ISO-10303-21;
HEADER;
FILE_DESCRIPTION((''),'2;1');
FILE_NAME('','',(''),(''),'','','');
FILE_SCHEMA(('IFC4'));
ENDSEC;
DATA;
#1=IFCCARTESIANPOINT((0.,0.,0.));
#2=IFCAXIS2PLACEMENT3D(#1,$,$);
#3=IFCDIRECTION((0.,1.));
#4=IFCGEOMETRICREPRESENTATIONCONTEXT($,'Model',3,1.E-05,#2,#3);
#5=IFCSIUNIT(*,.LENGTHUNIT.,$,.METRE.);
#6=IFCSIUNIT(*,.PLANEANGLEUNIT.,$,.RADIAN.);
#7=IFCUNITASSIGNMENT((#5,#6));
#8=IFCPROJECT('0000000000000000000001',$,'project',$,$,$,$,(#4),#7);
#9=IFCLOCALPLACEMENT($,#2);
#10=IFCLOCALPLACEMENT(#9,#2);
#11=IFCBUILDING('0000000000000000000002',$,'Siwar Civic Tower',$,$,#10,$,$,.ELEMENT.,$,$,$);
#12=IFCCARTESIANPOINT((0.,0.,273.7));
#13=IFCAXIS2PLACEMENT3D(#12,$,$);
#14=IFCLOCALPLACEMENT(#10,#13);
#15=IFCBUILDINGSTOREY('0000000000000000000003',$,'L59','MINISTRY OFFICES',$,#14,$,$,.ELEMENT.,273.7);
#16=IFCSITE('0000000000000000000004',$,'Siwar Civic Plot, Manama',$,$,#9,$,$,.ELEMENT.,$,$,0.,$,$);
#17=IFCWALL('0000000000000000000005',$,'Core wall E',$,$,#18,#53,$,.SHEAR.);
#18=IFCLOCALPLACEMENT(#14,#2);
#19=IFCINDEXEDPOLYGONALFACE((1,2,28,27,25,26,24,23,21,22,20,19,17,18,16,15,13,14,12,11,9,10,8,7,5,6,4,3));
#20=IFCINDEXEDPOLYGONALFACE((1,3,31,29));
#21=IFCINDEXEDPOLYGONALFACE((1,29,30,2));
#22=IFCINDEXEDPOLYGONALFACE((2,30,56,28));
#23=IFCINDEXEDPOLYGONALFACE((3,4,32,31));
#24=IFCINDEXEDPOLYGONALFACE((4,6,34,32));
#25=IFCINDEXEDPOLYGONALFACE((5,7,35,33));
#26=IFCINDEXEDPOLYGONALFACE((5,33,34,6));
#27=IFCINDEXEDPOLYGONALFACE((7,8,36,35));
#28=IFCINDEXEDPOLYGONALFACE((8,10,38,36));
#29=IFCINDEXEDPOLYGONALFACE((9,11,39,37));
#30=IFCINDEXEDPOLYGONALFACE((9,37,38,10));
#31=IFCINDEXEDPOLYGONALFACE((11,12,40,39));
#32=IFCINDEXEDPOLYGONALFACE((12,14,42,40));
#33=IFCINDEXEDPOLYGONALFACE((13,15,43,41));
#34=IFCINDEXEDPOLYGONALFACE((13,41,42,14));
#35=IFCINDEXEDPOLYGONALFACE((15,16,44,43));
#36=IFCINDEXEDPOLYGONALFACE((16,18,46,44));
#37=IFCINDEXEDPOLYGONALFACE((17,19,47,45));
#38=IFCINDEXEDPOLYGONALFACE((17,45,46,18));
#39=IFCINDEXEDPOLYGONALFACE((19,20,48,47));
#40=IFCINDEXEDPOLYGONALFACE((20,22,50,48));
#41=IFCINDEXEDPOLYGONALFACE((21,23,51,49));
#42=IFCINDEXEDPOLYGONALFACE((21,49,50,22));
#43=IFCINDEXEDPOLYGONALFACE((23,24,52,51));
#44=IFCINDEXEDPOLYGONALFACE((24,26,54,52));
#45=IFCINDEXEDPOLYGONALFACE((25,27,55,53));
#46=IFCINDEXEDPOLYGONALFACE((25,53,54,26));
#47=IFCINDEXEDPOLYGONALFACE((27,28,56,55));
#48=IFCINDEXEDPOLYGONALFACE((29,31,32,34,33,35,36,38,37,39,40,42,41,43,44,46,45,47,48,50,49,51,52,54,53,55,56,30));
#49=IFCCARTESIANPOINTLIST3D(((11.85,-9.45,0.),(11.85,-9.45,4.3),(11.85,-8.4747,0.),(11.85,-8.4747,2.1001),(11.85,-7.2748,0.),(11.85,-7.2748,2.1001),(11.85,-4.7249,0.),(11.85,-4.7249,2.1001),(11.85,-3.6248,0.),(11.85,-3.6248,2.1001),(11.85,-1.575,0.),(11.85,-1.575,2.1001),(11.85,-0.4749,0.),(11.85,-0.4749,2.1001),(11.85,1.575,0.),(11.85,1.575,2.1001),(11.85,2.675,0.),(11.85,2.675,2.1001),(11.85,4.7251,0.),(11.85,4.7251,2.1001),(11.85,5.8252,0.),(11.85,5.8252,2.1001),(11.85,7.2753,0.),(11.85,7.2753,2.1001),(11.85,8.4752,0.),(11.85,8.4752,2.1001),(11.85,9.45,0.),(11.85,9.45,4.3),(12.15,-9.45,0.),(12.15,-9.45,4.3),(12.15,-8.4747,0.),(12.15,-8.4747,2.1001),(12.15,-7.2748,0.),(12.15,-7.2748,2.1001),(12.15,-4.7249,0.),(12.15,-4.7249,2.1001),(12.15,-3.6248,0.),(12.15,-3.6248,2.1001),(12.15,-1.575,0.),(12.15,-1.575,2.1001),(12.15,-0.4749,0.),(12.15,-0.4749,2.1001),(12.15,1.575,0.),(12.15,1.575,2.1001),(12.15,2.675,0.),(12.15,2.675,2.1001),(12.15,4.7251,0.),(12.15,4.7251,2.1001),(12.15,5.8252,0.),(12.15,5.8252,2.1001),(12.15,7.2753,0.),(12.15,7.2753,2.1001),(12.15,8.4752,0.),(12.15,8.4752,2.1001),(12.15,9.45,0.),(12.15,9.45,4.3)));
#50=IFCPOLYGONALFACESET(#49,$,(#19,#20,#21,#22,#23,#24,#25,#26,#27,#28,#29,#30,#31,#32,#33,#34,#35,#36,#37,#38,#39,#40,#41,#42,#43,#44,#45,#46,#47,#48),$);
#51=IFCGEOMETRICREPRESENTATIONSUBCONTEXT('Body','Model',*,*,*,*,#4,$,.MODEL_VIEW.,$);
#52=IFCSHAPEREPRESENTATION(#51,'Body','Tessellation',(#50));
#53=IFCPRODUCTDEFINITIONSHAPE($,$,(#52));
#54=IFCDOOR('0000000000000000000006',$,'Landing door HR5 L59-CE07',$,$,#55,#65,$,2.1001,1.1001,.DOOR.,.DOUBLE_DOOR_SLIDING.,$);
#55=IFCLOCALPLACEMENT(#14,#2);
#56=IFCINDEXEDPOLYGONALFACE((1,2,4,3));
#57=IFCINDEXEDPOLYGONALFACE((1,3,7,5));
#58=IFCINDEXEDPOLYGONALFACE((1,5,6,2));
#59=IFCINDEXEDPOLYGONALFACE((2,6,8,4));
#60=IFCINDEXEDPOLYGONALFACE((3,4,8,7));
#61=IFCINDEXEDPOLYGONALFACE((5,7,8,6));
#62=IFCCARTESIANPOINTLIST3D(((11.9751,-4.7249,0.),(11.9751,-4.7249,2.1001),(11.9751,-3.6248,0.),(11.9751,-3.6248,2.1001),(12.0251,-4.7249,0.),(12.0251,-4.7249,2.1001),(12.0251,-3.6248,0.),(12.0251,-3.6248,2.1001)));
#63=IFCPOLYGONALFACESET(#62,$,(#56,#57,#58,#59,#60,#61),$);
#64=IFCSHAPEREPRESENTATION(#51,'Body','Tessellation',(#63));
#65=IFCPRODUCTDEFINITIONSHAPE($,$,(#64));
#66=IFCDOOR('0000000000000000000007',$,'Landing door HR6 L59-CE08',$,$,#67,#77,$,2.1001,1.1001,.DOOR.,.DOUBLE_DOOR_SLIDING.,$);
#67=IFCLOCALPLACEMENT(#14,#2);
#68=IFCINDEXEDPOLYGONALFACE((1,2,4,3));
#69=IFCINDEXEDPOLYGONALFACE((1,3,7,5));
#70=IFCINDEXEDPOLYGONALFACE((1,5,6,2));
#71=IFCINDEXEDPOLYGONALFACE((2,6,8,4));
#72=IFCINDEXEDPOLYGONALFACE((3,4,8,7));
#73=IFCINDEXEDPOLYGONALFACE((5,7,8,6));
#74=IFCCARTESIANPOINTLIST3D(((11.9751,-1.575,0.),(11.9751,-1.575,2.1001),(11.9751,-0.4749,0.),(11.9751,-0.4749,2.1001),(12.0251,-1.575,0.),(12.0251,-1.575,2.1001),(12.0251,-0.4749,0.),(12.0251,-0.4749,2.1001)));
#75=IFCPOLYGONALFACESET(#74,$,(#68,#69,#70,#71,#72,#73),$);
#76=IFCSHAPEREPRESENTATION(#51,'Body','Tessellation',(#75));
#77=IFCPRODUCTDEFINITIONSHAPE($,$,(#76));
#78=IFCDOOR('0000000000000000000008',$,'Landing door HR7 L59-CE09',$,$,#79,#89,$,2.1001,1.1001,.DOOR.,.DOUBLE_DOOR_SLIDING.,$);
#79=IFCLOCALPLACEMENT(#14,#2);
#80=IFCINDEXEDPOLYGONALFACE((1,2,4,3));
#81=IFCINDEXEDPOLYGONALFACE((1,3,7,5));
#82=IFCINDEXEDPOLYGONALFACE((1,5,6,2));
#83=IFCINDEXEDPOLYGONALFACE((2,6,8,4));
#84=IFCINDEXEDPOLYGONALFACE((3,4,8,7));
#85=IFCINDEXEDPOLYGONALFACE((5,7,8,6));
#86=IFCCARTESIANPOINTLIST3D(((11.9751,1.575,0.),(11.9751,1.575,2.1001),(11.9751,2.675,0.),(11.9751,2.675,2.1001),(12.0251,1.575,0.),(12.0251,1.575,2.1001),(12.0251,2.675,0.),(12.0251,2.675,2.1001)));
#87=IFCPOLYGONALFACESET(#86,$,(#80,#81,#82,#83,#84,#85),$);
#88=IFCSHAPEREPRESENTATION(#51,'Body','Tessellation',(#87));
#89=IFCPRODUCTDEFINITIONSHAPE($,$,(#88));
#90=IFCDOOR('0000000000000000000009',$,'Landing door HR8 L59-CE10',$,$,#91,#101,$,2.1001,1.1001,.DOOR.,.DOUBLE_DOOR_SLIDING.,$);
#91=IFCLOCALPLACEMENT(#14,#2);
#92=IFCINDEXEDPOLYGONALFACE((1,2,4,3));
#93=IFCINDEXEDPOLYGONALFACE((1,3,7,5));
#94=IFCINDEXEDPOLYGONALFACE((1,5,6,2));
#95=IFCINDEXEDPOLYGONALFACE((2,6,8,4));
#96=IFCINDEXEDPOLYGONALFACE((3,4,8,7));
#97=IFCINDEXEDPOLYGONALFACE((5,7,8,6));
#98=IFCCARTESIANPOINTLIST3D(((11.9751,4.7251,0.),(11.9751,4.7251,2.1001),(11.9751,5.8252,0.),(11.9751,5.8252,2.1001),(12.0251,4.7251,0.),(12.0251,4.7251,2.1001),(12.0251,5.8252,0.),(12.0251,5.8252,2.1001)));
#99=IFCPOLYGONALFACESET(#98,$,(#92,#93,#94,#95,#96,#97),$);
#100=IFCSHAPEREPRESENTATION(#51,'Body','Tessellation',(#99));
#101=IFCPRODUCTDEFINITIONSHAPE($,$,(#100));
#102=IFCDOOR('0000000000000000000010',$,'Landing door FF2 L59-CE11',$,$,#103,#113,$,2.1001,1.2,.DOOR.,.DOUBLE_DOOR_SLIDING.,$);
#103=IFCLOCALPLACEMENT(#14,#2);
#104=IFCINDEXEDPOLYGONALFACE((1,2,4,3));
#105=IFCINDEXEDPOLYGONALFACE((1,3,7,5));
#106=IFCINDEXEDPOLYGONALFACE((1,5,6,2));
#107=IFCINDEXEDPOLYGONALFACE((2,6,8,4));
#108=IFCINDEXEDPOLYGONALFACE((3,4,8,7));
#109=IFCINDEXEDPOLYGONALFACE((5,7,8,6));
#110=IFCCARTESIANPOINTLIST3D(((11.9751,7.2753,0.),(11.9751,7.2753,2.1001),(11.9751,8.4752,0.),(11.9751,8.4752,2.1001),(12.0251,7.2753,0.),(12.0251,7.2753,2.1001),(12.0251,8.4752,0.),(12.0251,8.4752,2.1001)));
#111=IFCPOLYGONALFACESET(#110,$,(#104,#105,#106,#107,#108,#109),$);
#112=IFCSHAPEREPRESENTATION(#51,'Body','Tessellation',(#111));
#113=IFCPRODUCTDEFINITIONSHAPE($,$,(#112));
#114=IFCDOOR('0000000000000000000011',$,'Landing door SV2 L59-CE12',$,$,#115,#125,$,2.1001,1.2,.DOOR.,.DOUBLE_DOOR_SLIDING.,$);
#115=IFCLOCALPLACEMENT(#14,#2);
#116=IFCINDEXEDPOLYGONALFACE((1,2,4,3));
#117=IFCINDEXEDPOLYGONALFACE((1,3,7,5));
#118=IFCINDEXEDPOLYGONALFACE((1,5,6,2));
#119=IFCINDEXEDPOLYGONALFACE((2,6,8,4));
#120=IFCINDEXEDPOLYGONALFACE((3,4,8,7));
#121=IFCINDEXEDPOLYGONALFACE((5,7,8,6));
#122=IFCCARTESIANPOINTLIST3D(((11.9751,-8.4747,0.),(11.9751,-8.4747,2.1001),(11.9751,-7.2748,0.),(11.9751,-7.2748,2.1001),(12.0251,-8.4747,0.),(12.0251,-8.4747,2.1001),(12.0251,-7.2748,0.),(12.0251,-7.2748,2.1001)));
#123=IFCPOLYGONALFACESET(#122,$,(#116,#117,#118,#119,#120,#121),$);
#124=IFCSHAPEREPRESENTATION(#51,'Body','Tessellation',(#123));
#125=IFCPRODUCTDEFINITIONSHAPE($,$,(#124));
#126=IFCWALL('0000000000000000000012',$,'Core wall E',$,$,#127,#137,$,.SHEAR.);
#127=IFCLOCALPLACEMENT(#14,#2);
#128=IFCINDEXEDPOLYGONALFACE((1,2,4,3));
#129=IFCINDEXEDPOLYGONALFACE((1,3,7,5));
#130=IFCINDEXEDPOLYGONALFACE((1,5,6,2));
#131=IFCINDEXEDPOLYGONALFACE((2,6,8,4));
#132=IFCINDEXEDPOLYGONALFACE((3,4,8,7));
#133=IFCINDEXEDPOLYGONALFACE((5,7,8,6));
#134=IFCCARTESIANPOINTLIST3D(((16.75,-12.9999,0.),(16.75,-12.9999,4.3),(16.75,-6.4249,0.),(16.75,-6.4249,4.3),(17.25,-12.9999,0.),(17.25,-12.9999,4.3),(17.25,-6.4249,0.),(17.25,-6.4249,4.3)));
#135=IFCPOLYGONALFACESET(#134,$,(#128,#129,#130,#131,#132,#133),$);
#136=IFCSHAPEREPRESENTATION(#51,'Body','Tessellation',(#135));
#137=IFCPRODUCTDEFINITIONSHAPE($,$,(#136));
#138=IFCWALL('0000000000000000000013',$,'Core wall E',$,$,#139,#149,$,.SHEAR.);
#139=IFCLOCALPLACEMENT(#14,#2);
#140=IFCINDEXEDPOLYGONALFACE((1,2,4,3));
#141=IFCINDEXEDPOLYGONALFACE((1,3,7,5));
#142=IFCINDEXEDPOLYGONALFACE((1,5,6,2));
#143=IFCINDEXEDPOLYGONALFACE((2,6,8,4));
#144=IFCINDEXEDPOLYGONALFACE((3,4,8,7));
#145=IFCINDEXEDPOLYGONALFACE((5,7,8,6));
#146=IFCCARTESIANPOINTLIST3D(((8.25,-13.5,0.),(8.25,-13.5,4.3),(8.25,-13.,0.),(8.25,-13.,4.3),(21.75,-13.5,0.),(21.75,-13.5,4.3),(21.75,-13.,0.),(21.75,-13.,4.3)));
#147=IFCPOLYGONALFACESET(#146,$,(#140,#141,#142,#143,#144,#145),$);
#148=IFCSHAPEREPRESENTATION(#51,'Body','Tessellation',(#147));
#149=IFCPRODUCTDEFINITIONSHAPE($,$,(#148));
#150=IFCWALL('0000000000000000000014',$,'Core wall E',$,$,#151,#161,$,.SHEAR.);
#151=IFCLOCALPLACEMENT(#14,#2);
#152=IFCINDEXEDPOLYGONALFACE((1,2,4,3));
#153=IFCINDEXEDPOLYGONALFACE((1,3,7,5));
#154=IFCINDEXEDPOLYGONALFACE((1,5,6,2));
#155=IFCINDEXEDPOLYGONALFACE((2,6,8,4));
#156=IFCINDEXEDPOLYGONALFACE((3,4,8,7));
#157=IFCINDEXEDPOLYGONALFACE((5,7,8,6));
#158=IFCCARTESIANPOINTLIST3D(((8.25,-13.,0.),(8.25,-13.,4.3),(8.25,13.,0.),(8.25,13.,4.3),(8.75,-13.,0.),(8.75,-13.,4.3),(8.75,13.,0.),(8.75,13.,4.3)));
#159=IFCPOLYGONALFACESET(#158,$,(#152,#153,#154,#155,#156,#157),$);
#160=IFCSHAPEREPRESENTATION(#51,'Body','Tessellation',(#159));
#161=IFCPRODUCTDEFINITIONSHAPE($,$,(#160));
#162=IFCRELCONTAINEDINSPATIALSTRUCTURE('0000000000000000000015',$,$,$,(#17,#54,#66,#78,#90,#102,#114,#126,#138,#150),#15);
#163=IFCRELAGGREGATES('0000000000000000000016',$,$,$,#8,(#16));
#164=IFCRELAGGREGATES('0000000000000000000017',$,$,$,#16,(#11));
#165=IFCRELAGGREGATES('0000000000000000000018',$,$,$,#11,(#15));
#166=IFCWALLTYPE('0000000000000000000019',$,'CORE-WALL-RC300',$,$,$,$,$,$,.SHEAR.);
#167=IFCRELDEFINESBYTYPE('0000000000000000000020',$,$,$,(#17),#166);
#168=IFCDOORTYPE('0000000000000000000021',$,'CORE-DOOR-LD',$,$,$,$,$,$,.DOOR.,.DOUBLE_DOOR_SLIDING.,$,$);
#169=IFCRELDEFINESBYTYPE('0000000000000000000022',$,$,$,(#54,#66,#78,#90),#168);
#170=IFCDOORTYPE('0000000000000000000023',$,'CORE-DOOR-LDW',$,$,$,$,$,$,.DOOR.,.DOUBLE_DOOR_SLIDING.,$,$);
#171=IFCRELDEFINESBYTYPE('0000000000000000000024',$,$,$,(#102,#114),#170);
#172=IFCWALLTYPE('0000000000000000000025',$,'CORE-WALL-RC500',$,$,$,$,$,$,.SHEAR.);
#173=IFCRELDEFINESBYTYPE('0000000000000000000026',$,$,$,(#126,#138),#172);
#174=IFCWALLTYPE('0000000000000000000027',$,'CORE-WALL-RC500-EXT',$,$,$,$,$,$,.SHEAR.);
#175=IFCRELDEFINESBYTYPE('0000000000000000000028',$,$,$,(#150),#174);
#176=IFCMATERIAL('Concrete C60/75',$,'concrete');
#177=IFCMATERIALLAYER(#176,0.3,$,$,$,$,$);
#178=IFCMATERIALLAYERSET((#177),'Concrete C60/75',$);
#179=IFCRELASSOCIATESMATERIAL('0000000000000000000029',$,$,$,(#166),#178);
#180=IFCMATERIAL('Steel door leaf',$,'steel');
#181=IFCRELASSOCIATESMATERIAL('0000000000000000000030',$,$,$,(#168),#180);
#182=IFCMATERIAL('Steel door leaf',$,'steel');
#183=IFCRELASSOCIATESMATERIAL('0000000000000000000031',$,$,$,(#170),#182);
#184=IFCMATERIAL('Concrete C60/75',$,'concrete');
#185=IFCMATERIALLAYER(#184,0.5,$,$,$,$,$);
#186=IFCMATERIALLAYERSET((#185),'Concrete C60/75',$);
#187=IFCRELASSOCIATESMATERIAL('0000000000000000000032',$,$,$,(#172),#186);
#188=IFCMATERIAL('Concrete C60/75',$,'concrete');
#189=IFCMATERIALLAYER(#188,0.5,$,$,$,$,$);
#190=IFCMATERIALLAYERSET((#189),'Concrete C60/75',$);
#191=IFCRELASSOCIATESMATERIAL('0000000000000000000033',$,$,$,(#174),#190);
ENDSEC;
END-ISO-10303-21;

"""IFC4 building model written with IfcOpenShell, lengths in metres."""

from ifc_helpers import new_model, si_unit, direction, frame, frame_2d, origin, place, context, subcontext, project, spatial, rectangle, extrude, material, layer, layer_set, type_object, element, fill, save


model = new_model("IFC4")

# Units and contexts
model_context = context("Model", 3, precision=1e-05, world=origin(), true_north=direction((0.0, 1.0)))
body_context = subcontext(model_context, "Body", "Model", "MODEL_VIEW")
ifc_project = project(units=[si_unit("LENGTHUNIT", "METRE"), si_unit("PLANEANGLEUNIT", "RADIAN")], contexts=[model_context])

# Site, building, storey
site_placement = place(None, origin())
site = spatial("IfcSite", under=ifc_project, at=site_placement, Name="Siwar Civic Plot, Manama", CompositionType="ELEMENT", RefElevation=0.0)
building_placement = place(site_placement, origin())
building = spatial("IfcBuilding", under=site, at=building_placement, Name="Siwar Civic Tower", CompositionType="ELEMENT")
storey_placement = place(building_placement, frame((0.0, 0.0, 273.7)))
storey = spatial("IfcBuildingStorey", under=building, at=storey_placement, Name="L59", Description="MINISTRY OFFICES", CompositionType="ELEMENT", Elevation=273.7)

# Wall, openings, doors
ifc_material_1 = material(Name="Concrete C60/75", Category="concrete")
ifc_layer_1 = layer(ifc_material_1, 0.3)
ifc_layer_set_1 = layer_set([ifc_layer_1], Name="Concrete C60/75")
wall_type_1 = type_object("IfcWallType", Name="CORE-WALL-RC300", PredefinedType="SHEAR", material=ifc_layer_set_1)
wall_1_placement = place(storey_placement, frame((12.0, -9.45, 0.0), z_axis=(0.0, 0.0, 1.0), x_axis=(0.0, 1.0, 0.0)))
wall_1 = element("IfcWall", 1, at=wall_1_placement, inside=storey, type_object=wall_type_1, Name="Core wall E", PredefinedType="SHEAR", context=body_context, shape_type="SweptSolid", body=[
    extrude(rectangle(XDim=18.8999, YDim=0.3, at=frame_2d((9.45, 0.0))), origin(), (0.0, 0.0, 1.0), 4.3),
])
opening_1_placement = place(wall_1_placement, frame((4.7251, 0.0, 0.0)))
opening_1 = element("IfcOpeningElement", 2, at=opening_1_placement, cuts=wall_1, PredefinedType="OPENING", context=body_context, shape_type="SweptSolid", body=[
    extrude(rectangle(XDim=1.1001, YDim=2.1001, at=frame_2d((0.55, 1.05))), frame((0.0, 0.1602, 0.0), z_axis=(0.0, -1.0, 0.0), x_axis=(1.0, 0.0, 0.0)), (0.0, 0.0, 1.0), 0.3201),
])
opening_2_placement = place(wall_1_placement, frame((7.875, 0.0, 0.0)))
opening_2 = element("IfcOpeningElement", 3, at=opening_2_placement, cuts=wall_1, PredefinedType="OPENING", context=body_context, shape_type="SweptSolid", body=[
    extrude(rectangle(XDim=1.1001, YDim=2.1001, at=frame_2d((0.55, 1.05))), frame((0.0, 0.1602, 0.0), z_axis=(0.0, -1.0, 0.0), x_axis=(1.0, 0.0, 0.0)), (0.0, 0.0, 1.0), 0.3201),
])
opening_3_placement = place(wall_1_placement, frame((11.0249, 0.0, 0.0)))
opening_3 = element("IfcOpeningElement", 4, at=opening_3_placement, cuts=wall_1, PredefinedType="OPENING", context=body_context, shape_type="SweptSolid", body=[
    extrude(rectangle(XDim=1.1001, YDim=2.1001, at=frame_2d((0.55, 1.05))), frame((0.0, 0.1602, 0.0), z_axis=(0.0, -1.0, 0.0), x_axis=(1.0, 0.0, 0.0)), (0.0, 0.0, 1.0), 0.3201),
])
opening_4_placement = place(wall_1_placement, frame((14.175, 0.0, 0.0)))
opening_4 = element("IfcOpeningElement", 5, at=opening_4_placement, cuts=wall_1, PredefinedType="OPENING", context=body_context, shape_type="SweptSolid", body=[
    extrude(rectangle(XDim=1.1001, YDim=2.1001, at=frame_2d((0.55, 1.05))), frame((0.0, 0.1602, 0.0), z_axis=(0.0, -1.0, 0.0), x_axis=(1.0, 0.0, 0.0)), (0.0, 0.0, 1.0), 0.3201),
])
opening_5_placement = place(wall_1_placement, frame((16.7251, 0.0, 0.0)))
opening_5 = element("IfcOpeningElement", 6, at=opening_5_placement, cuts=wall_1, PredefinedType="OPENING", context=body_context, shape_type="SweptSolid", body=[
    extrude(rectangle(XDim=1.2, YDim=2.1001, at=frame_2d((0.6001, 1.05))), frame((0.0, 0.1602, 0.0), z_axis=(0.0, -1.0, 0.0), x_axis=(1.0, 0.0, 0.0)), (0.0, 0.0, 1.0), 0.3201),
])
opening_6_placement = place(wall_1_placement, frame((0.9751, 0.0, 0.0)))
opening_6 = element("IfcOpeningElement", 7, at=opening_6_placement, cuts=wall_1, PredefinedType="OPENING", context=body_context, shape_type="SweptSolid", body=[
    extrude(rectangle(XDim=1.2, YDim=2.1001, at=frame_2d((0.6001, 1.05))), frame((0.0, 0.1602, 0.0), z_axis=(0.0, -1.0, 0.0), x_axis=(1.0, 0.0, 0.0)), (0.0, 0.0, 1.0), 0.3201),
])
ifc_material_2 = material(Name="Steel door leaf", Category="steel")
door_type_1 = type_object("IfcDoorType", Name="CORE-DOOR-LD", OperationType="DOUBLE_DOOR_SLIDING", PredefinedType="DOOR", material=ifc_material_2)
door_1_placement = place(opening_1_placement, origin())
door_1 = element("IfcDoor", 8, at=door_1_placement, inside=storey, type_object=door_type_1, Name="Landing door HR5 L59-CE07", OperationType="DOUBLE_DOOR_SLIDING", OverallHeight=2.1001, OverallWidth=1.1001, PredefinedType="DOOR", context=body_context, shape_type="SweptSolid", body=[
    extrude(rectangle(XDim=1.1001, YDim=2.1001, at=frame_2d((0.55, 1.05))), frame((0.0, 0.0249, 0.0), z_axis=(0.0, -1.0, 0.0), x_axis=(1.0, 0.0, 0.0)), (0.0, 0.0, 1.0), 0.05),
])
fill(opening_1, door_1)
door_2_placement = place(opening_2_placement, origin())
door_2 = element("IfcDoor", 9, at=door_2_placement, inside=storey, type_object=door_type_1, Name="Landing door HR6 L59-CE08", OperationType="DOUBLE_DOOR_SLIDING", OverallHeight=2.1001, OverallWidth=1.1001, PredefinedType="DOOR", context=body_context, shape_type="SweptSolid", body=[
    extrude(rectangle(XDim=1.1001, YDim=2.1001, at=frame_2d((0.55, 1.05))), frame((0.0, 0.0249, 0.0), z_axis=(0.0, -1.0, 0.0), x_axis=(1.0, 0.0, 0.0)), (0.0, 0.0, 1.0), 0.05),
])
fill(opening_2, door_2)
door_3_placement = place(opening_3_placement, origin())
door_3 = element("IfcDoor", 10, at=door_3_placement, inside=storey, type_object=door_type_1, Name="Landing door HR7 L59-CE09", OperationType="DOUBLE_DOOR_SLIDING", OverallHeight=2.1001, OverallWidth=1.1001, PredefinedType="DOOR", context=body_context, shape_type="SweptSolid", body=[
    extrude(rectangle(XDim=1.1001, YDim=2.1001, at=frame_2d((0.55, 1.05))), frame((0.0, 0.0249, 0.0), z_axis=(0.0, -1.0, 0.0), x_axis=(1.0, 0.0, 0.0)), (0.0, 0.0, 1.0), 0.05),
])
fill(opening_3, door_3)
door_4_placement = place(opening_4_placement, origin())
door_4 = element("IfcDoor", 11, at=door_4_placement, inside=storey, type_object=door_type_1, Name="Landing door HR8 L59-CE10", OperationType="DOUBLE_DOOR_SLIDING", OverallHeight=2.1001, OverallWidth=1.1001, PredefinedType="DOOR", context=body_context, shape_type="SweptSolid", body=[
    extrude(rectangle(XDim=1.1001, YDim=2.1001, at=frame_2d((0.55, 1.05))), frame((0.0, 0.0249, 0.0), z_axis=(0.0, -1.0, 0.0), x_axis=(1.0, 0.0, 0.0)), (0.0, 0.0, 1.0), 0.05),
])
fill(opening_4, door_4)
ifc_material_3 = material(Name="Steel door leaf", Category="steel")
door_type_2 = type_object("IfcDoorType", Name="CORE-DOOR-LDW", OperationType="DOUBLE_DOOR_SLIDING", PredefinedType="DOOR", material=ifc_material_3)
door_5_placement = place(opening_5_placement, origin())
door_5 = element("IfcDoor", 12, at=door_5_placement, inside=storey, type_object=door_type_2, Name="Landing door FF2 L59-CE11", OperationType="DOUBLE_DOOR_SLIDING", OverallHeight=2.1001, OverallWidth=1.2, PredefinedType="DOOR", context=body_context, shape_type="SweptSolid", body=[
    extrude(rectangle(XDim=1.2, YDim=2.1001, at=frame_2d((0.6001, 1.05))), frame((0.0, 0.0249, 0.0), z_axis=(0.0, -1.0, 0.0), x_axis=(1.0, 0.0, 0.0)), (0.0, 0.0, 1.0), 0.05),
])
fill(opening_5, door_5)
door_6_placement = place(opening_6_placement, origin())
door_6 = element("IfcDoor", 13, at=door_6_placement, inside=storey, type_object=door_type_2, Name="Landing door SV2 L59-CE12", OperationType="DOUBLE_DOOR_SLIDING", OverallHeight=2.1001, OverallWidth=1.2, PredefinedType="DOOR", context=body_context, shape_type="SweptSolid", body=[
    extrude(rectangle(XDim=1.2, YDim=2.1001, at=frame_2d((0.6001, 1.05))), frame((0.0, 0.0249, 0.0), z_axis=(0.0, -1.0, 0.0), x_axis=(1.0, 0.0, 0.0)), (0.0, 0.0, 1.0), 0.05),
])
fill(opening_6, door_6)

# Walls
ifc_material_4 = material(Name="Concrete C60/75", Category="concrete")
ifc_layer_2 = layer(ifc_material_4, 0.5)
ifc_layer_set_2 = layer_set([ifc_layer_2], Name="Concrete C60/75")
wall_type_2 = type_object("IfcWallType", Name="CORE-WALL-RC500", PredefinedType="SHEAR", material=ifc_layer_set_2)
wall_2_placement = place(storey_placement, frame((17.0, -13.0, 0.0), z_axis=(0.0, 0.0, 1.0), x_axis=(0.0, 1.0, 0.0)))
element("IfcWall", 14, at=wall_2_placement, inside=storey, type_object=wall_type_2, Name="Core wall E", PredefinedType="SHEAR", context=body_context, shape_type="SweptSolid", body=[
    extrude(rectangle(XDim=6.575, YDim=0.5, at=frame_2d((3.2876, 0.0))), origin(), (0.0, 0.0, 1.0), 4.3),
])
wall_3_placement = place(storey_placement, frame((8.25, -13.25, 0.0), z_axis=(0.0, 0.0, 1.0), x_axis=(1.0, 0.0, 0.0)))
element("IfcWall", 15, at=wall_3_placement, inside=storey, type_object=wall_type_2, Name="Core wall E", PredefinedType="SHEAR", context=body_context, shape_type="SweptSolid", body=[
    extrude(rectangle(XDim=13.5, YDim=0.5, at=frame_2d((6.75, 0.0))), origin(), (0.0, 0.0, 1.0), 4.3),
])
ifc_material_5 = material(Name="Concrete C60/75", Category="concrete")
ifc_layer_3 = layer(ifc_material_5, 0.5)
ifc_layer_set_3 = layer_set([ifc_layer_3], Name="Concrete C60/75")
wall_type_3 = type_object("IfcWallType", Name="CORE-WALL-RC500-EXT", PredefinedType="SHEAR", material=ifc_layer_set_3)
wall_4_placement = place(storey_placement, frame((8.5, -13.0, 0.0), z_axis=(0.0, 0.0, 1.0), x_axis=(0.0, 1.0, 0.0)))
element("IfcWall", 16, at=wall_4_placement, inside=storey, type_object=wall_type_3, Name="Core wall E", PredefinedType="SHEAR", context=body_context, shape_type="SweptSolid", body=[
    extrude(rectangle(XDim=26.0, YDim=0.5, at=frame_2d((13.0, 0.0))), origin(), (0.0, 0.0, 1.0), 4.3),
])

save(model, "model.ifc")
